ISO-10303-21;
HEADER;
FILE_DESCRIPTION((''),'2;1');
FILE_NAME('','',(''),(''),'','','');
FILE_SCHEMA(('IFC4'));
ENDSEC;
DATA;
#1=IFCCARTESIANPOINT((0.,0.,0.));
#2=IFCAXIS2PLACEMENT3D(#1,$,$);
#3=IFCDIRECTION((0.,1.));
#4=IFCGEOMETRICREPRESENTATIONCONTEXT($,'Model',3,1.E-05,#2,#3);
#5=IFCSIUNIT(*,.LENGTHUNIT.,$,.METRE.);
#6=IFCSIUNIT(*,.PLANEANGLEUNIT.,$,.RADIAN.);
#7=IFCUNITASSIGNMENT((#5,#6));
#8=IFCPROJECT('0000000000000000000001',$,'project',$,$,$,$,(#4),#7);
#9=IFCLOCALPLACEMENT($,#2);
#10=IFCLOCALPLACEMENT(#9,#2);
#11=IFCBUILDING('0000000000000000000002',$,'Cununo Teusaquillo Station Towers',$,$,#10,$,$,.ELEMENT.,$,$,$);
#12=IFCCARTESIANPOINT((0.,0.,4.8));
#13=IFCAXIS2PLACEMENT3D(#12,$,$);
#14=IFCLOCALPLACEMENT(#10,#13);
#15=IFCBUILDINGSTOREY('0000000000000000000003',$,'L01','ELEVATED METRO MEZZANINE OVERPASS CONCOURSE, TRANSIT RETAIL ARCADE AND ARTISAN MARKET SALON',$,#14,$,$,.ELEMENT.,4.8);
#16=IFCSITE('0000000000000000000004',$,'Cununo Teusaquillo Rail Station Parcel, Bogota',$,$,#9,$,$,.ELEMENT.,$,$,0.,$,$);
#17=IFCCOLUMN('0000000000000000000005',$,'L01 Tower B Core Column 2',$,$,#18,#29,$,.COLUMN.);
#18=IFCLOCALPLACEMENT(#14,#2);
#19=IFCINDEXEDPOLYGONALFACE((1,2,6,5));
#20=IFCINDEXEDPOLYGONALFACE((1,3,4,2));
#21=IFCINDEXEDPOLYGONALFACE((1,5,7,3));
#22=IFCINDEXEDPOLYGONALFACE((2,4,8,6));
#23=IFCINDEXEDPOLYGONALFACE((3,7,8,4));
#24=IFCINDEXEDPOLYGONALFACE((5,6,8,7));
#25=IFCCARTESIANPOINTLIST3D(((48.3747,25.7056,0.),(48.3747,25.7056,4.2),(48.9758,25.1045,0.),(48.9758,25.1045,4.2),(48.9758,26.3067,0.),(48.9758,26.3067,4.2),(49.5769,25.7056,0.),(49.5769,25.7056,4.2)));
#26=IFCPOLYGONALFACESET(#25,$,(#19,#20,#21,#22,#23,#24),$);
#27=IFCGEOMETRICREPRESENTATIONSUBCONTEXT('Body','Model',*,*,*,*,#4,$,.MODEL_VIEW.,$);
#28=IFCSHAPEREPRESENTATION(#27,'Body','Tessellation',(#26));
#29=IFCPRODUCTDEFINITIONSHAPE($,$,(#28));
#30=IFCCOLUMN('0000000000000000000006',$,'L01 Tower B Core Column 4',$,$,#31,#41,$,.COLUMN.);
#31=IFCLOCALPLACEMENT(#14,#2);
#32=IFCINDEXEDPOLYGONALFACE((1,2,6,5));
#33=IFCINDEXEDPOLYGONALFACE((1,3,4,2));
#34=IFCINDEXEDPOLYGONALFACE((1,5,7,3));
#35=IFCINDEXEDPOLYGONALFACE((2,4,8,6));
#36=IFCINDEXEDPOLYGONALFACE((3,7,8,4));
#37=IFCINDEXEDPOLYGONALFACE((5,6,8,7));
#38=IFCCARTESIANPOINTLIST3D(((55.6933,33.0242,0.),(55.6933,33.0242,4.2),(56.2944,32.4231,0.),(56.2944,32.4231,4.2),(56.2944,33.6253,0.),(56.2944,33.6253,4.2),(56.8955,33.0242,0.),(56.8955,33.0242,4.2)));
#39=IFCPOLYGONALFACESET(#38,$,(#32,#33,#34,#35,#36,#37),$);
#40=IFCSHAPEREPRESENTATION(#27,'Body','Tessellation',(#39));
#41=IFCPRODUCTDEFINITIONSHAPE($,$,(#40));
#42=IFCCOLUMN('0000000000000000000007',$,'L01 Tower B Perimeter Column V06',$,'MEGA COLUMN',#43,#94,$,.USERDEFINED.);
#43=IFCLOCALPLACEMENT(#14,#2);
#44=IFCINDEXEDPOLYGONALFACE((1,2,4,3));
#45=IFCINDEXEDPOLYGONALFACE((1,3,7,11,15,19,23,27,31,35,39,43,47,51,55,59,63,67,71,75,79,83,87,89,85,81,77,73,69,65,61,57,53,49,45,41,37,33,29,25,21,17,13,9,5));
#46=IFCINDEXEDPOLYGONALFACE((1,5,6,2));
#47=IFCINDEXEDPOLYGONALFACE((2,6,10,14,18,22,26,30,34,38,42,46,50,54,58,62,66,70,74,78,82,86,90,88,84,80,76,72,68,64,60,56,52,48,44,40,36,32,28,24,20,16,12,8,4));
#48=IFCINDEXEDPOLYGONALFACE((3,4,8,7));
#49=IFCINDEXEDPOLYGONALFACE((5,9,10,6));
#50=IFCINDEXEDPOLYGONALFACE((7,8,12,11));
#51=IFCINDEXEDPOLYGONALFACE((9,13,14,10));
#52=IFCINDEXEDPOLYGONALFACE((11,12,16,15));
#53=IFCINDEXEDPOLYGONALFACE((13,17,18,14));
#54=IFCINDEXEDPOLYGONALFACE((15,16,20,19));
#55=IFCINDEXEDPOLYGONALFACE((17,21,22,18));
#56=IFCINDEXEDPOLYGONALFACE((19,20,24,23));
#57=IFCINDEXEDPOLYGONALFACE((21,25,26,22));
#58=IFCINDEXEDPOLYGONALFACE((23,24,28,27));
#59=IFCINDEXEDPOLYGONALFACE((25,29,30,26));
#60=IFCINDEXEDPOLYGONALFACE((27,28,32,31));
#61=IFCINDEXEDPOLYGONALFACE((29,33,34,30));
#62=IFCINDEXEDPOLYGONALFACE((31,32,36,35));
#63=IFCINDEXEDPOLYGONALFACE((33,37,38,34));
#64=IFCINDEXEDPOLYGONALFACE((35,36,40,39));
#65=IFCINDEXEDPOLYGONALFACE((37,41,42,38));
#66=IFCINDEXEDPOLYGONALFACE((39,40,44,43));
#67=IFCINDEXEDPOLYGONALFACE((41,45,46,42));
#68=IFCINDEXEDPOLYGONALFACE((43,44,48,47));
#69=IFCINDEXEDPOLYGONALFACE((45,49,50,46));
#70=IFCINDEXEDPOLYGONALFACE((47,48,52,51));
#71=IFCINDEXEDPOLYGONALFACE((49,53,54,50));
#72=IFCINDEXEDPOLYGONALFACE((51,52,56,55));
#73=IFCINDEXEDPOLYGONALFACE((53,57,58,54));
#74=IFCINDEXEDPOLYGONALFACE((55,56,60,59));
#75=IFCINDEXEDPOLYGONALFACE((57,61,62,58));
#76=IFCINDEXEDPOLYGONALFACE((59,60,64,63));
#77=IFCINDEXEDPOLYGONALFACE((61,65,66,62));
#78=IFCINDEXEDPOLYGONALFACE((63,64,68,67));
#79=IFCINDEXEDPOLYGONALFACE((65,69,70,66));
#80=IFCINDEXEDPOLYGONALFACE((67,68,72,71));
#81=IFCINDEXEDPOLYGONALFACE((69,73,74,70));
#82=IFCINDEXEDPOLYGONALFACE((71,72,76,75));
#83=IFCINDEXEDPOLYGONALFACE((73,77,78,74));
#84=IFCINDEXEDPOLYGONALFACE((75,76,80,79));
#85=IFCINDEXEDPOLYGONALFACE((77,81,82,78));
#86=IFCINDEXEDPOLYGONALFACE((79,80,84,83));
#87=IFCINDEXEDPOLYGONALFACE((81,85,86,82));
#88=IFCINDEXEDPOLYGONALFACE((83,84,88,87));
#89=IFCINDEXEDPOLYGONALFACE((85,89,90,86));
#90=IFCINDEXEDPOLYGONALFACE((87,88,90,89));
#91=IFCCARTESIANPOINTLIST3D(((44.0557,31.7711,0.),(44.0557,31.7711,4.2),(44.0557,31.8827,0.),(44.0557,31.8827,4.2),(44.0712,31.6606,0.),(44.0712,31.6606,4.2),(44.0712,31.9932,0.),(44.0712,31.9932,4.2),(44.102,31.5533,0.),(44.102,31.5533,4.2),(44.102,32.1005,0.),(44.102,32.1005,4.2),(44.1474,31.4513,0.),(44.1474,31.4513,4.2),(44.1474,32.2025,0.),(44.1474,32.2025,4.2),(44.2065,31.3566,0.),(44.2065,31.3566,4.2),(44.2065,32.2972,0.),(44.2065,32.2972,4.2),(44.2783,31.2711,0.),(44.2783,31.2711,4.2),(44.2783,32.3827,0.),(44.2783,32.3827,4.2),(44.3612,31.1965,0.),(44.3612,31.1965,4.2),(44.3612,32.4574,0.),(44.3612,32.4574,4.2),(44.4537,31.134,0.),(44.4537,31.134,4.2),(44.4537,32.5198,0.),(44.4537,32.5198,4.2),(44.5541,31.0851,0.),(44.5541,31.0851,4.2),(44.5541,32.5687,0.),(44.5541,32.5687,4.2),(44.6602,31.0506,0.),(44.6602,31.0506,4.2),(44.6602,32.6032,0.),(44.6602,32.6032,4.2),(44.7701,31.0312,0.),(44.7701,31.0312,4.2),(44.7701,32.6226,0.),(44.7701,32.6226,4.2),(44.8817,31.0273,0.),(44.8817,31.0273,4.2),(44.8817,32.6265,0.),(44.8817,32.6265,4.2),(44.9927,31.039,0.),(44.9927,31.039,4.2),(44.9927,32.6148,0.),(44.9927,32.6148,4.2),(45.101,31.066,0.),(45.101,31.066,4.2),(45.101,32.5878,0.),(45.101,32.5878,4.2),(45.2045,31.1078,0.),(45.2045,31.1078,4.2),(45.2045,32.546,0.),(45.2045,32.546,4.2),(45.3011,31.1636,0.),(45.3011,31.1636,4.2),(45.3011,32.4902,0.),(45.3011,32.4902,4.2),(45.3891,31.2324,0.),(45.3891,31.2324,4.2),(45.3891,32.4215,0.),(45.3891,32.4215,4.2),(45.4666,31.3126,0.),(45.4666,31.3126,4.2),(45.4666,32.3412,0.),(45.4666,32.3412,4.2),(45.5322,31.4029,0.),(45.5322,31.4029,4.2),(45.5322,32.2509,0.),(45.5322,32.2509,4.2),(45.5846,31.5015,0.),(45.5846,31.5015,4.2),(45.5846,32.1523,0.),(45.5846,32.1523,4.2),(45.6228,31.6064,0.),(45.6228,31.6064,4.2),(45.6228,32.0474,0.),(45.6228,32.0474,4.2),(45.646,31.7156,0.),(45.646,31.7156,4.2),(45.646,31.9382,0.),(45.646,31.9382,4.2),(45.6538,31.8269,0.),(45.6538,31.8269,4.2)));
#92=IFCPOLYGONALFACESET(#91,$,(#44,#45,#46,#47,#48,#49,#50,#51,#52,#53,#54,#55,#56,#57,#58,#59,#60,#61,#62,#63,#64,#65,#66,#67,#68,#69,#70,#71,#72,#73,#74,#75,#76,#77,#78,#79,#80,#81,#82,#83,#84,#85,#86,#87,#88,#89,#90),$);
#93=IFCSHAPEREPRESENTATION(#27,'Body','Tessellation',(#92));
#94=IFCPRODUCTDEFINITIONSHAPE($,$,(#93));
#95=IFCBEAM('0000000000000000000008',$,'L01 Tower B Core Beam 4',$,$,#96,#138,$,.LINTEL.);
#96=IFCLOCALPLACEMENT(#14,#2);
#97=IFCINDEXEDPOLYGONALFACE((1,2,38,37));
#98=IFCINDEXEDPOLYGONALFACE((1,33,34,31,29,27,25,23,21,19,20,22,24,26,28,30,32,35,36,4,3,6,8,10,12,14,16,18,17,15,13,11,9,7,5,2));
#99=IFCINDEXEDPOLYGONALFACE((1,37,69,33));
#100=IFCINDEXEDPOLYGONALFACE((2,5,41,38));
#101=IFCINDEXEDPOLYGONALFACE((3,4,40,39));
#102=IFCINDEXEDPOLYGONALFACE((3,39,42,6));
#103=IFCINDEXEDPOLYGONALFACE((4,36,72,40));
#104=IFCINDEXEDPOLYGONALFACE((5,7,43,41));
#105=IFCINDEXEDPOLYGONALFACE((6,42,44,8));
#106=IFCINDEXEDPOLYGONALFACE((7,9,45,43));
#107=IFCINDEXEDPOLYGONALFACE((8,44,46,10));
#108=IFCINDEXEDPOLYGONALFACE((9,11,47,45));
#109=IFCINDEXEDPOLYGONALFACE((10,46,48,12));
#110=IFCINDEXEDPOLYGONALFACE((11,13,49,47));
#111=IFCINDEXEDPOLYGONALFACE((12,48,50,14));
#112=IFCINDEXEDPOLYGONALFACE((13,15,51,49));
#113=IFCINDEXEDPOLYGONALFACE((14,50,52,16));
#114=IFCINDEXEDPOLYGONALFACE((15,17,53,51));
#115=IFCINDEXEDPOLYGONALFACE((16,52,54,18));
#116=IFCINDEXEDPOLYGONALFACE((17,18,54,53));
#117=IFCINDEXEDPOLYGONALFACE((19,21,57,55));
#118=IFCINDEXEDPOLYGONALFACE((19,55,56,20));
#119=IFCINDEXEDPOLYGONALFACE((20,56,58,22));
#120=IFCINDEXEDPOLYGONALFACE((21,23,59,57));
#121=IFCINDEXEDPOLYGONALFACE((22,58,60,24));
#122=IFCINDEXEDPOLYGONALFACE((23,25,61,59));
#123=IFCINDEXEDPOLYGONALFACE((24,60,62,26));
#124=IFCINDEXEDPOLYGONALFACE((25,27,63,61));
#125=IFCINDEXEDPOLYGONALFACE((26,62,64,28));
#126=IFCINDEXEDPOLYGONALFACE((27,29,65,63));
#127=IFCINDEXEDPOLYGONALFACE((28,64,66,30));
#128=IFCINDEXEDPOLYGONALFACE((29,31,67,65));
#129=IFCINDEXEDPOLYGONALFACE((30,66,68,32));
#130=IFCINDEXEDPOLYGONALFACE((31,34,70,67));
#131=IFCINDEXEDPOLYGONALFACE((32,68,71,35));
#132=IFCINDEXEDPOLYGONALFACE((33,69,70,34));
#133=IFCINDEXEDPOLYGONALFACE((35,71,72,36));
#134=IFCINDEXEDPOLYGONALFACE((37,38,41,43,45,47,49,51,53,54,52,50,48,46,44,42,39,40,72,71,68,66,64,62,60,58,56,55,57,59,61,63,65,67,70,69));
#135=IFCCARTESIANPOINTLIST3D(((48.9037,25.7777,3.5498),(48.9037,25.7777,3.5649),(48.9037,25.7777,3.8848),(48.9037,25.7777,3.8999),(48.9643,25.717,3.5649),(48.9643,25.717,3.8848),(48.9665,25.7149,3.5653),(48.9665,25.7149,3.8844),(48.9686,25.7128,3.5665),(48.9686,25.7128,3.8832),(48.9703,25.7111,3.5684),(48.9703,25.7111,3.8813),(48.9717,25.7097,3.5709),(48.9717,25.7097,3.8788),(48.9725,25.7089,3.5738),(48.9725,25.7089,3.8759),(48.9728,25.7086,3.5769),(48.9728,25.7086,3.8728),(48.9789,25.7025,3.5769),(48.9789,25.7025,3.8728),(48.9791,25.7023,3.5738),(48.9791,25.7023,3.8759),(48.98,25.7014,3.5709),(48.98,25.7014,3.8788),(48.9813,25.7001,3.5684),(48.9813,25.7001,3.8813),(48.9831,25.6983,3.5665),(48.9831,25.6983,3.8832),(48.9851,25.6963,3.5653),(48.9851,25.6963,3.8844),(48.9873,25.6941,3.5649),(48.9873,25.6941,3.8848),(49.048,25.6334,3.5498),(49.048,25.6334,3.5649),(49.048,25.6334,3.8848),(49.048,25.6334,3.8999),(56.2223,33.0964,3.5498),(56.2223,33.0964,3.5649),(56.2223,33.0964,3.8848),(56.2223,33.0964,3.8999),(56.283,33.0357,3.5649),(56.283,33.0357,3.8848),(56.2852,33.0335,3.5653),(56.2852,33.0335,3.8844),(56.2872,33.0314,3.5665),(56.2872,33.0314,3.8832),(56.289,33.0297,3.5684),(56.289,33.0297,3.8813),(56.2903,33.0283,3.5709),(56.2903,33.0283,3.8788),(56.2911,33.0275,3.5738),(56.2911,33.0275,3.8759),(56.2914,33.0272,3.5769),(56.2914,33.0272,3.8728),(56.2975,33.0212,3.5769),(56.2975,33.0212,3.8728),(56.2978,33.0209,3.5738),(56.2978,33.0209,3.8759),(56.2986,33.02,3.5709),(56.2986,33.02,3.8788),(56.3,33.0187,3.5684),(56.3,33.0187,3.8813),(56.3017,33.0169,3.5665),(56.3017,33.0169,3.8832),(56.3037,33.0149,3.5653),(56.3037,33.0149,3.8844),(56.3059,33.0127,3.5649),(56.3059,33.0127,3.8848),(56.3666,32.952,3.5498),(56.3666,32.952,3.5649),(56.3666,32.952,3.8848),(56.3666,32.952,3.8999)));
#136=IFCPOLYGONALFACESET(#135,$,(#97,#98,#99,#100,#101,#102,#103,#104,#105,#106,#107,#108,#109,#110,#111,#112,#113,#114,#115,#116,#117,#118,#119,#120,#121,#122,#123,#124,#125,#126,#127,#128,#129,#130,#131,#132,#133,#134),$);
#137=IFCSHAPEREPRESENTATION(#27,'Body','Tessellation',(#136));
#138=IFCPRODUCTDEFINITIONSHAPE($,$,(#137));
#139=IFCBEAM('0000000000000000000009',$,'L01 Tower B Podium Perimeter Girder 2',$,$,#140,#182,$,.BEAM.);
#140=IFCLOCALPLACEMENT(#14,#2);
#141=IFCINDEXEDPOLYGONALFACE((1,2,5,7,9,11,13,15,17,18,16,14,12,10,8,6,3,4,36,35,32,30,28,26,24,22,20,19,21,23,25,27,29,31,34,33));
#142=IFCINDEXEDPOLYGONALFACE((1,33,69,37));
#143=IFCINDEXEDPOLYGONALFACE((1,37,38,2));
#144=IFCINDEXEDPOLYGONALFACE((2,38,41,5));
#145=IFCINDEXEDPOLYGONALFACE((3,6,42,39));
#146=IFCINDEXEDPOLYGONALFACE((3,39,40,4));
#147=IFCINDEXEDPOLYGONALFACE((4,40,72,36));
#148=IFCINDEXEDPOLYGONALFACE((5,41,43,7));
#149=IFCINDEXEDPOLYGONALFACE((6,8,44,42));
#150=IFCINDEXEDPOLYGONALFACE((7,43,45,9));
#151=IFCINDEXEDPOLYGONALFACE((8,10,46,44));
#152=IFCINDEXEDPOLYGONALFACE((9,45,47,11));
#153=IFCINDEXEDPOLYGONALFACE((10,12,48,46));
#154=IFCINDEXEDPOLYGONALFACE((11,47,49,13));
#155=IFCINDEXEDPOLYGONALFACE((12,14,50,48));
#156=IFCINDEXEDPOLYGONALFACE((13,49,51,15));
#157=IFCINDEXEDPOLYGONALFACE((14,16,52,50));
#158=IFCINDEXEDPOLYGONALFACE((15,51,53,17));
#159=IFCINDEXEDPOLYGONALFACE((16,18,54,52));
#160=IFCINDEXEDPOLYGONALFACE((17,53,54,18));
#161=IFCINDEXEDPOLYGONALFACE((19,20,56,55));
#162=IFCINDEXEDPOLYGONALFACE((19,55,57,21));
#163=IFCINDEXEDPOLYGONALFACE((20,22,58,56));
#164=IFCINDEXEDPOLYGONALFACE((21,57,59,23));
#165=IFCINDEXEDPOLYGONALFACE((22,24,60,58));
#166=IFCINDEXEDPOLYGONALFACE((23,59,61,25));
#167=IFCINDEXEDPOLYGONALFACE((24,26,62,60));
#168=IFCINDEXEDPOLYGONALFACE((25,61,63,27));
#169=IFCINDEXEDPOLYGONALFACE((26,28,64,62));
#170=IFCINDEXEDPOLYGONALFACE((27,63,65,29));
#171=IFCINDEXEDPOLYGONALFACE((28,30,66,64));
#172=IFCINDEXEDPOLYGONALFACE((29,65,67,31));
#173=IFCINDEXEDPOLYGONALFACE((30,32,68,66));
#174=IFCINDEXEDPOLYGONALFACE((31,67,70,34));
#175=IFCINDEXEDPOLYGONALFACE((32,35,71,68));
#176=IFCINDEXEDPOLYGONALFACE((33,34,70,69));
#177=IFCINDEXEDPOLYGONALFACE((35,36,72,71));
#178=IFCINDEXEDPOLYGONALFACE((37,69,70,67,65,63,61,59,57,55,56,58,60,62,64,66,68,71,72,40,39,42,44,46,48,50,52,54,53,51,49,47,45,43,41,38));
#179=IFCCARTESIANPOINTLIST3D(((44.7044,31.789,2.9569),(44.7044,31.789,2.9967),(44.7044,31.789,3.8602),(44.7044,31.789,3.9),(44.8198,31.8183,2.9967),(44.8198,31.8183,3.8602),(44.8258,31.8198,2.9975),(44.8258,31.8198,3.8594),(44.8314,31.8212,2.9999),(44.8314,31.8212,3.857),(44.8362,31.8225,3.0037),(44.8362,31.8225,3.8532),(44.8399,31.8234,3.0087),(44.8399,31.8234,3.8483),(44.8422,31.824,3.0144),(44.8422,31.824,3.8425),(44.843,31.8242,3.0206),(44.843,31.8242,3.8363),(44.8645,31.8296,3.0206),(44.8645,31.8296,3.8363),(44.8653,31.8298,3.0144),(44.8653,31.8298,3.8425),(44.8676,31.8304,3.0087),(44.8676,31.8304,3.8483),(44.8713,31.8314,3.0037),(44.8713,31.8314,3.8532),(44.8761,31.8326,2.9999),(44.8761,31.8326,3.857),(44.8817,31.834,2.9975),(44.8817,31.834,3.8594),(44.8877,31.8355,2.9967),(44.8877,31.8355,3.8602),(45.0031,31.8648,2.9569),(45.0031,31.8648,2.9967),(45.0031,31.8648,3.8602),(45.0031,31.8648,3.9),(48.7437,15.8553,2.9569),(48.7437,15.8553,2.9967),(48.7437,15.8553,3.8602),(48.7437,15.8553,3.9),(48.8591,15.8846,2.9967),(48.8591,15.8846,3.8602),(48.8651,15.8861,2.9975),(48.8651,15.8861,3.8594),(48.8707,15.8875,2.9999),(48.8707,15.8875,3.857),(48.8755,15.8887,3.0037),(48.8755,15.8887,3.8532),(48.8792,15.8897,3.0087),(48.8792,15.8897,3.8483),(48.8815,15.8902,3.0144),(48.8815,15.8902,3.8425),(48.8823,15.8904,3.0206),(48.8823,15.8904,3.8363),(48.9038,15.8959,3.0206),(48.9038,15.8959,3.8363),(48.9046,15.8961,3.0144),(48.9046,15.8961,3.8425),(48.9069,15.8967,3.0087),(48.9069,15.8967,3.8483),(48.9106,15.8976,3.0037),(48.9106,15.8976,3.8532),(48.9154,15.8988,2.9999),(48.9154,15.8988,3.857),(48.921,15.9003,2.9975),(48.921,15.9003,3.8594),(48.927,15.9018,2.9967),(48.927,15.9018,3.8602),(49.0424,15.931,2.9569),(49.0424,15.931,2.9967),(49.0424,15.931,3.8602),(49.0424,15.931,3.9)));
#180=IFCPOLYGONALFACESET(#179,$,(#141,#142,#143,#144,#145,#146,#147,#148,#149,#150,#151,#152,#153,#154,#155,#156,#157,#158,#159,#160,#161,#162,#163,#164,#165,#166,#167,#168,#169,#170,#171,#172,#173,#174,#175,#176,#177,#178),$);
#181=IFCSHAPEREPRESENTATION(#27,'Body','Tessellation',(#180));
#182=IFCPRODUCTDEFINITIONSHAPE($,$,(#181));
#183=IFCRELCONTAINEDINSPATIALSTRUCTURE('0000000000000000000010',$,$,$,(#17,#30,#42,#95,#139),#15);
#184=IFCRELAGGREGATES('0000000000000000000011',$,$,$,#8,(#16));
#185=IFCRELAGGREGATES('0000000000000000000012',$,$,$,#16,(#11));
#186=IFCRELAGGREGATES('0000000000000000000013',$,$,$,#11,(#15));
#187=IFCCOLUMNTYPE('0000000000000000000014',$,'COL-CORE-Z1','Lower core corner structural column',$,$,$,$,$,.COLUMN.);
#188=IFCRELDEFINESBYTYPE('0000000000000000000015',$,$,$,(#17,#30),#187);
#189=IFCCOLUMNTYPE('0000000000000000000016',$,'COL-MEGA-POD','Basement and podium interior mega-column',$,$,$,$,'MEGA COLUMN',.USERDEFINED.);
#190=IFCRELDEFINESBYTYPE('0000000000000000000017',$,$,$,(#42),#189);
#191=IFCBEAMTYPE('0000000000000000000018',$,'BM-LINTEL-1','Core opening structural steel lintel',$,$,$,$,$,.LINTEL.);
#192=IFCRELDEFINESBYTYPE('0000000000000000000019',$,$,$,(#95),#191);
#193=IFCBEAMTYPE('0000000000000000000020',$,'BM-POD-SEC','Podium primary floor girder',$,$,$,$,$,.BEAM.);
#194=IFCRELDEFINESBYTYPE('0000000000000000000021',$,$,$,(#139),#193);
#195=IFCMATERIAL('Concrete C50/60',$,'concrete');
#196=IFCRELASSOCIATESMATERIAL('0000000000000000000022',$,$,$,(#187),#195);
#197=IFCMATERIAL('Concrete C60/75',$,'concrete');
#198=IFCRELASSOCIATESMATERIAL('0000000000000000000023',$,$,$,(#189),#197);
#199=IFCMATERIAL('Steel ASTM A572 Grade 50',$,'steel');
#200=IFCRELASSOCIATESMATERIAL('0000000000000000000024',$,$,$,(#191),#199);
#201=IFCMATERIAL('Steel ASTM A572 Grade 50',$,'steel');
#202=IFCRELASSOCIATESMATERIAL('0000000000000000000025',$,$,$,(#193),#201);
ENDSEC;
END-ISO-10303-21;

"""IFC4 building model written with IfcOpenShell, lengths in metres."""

from ifc_helpers import new_model, si_unit, direction, frame, origin, origin_2d, place, context, subcontext, project, spatial, rectangle, circle, i_section, extrude, material, material_profile, profile_set, type_object, element, save


model = new_model("IFC4")

# Units and contexts
model_context = context("Model", 3, precision=1e-05, world=origin(), true_north=direction((0.0, 1.0)))
body_context = subcontext(model_context, "Body", "Model", "MODEL_VIEW")
ifc_project = project(units=[si_unit("LENGTHUNIT", "METRE"), si_unit("PLANEANGLEUNIT", "RADIAN")], contexts=[model_context])

# Site, building, storey
site_placement = place(None, origin())
site = spatial("IfcSite", under=ifc_project, at=site_placement, Name="Cununo Teusaquillo Rail Station Parcel, Bogota", CompositionType="ELEMENT", RefElevation=0.0)
building_placement = place(site_placement, origin())
building = spatial("IfcBuilding", under=site, at=building_placement, Name="Cununo Teusaquillo Station Towers", CompositionType="ELEMENT")
storey_placement = place(building_placement, frame((0.0, 0.0, 4.8)))
storey = spatial("IfcBuildingStorey", under=building, at=storey_placement, Name="L01", Description="ELEVATED METRO MEZZANINE OVERPASS CONCOURSE, TRANSIT RETAIL ARCADE AND ARTISAN MARKET SALON", CompositionType="ELEMENT", Elevation=4.8)

# Columns
ifc_material_1 = material(Name="Concrete C50/60", Category="concrete")
ifc_material_profile_1 = material_profile(ifc_material_1, rectangle(XDim=0.8501, YDim=0.8501, at=origin_2d()), Name="RC-RECT-850x850")
ifc_profile_set_1 = profile_set([ifc_material_profile_1], Name="Concrete C50/60")
column_type_1 = type_object("IfcColumnType", Name="COL-CORE-Z1", Description="Lower core corner structural column", PredefinedType="COLUMN", material=ifc_profile_set_1)
for number, where, z_axis, x_axis, name in (
    (1, (48.9758, 25.7056, 0.0), (0.0, 0.0, 1.0), (0.707107, 0.707107, 0.0), "L01 Tower B Core Column 2"),
    (2, (56.2944, 33.0242, 0.0), (0.0, 0.0, 1.0), (0.707107, 0.707107, 0.0), "L01 Tower B Core Column 4"),
):
    element("IfcColumn", number, at=place(storey_placement, frame(where, z_axis=z_axis, x_axis=x_axis)), inside=storey, type_object=column_type_1, Name=name, PredefinedType="COLUMN", context=body_context, shape_type="SweptSolid", body=[
        extrude(rectangle(XDim=0.8501, YDim=0.8501, at=origin_2d()), origin(), (0.0, 0.0, 1.0), 4.2),
    ])
ifc_material_2 = material(Name="Concrete C60/75", Category="concrete")
ifc_material_profile_2 = material_profile(ifc_material_2, circle(Radius=0.8, at=origin_2d()), Name="RC-CIRC-1600")
ifc_profile_set_2 = profile_set([ifc_material_profile_2], Name="Concrete C60/75")
column_type_2 = type_object("IfcColumnType", Name="COL-MEGA-POD", Description="Basement and podium interior mega-column", ElementType="MEGA COLUMN", PredefinedType="USERDEFINED", material=ifc_profile_set_2)
column_placement = place(storey_placement, frame((44.8538, 31.8269, 0.0), z_axis=(0.0, 0.0, 1.0), x_axis=(1.0, 0.0, 0.0)))
element("IfcColumn", 3, at=column_placement, inside=storey, type_object=column_type_2, Name="L01 Tower B Perimeter Column V06", ObjectType="MEGA COLUMN", PredefinedType="USERDEFINED", context=body_context, shape_type="SweptSolid", body=[
    extrude(circle(Radius=0.8, at=origin_2d()), origin(), (0.0, 0.0, 1.0), 4.2),
])

# Beams
ifc_material_3 = material(Name="Steel ASTM A572 Grade 50", Category="steel")
ifc_material_profile_3 = material_profile(ifc_material_3, i_section(OverallWidth=0.2041, OverallDepth=0.3501, WebThickness=0.0085, FlangeThickness=0.0151, FilletRadius=0.012, at=origin_2d()), Name="W14X48")
ifc_profile_set_3 = profile_set([ifc_material_profile_3], Name="Steel ASTM A572 Grade 50")
beam_type_1 = type_object("IfcBeamType", Name="BM-LINTEL-1", Description="Core opening structural steel lintel", PredefinedType="LINTEL", material=ifc_profile_set_3)
beam_1_placement = place(storey_placement, frame((48.9758, 25.7056, 3.7249), z_axis=(0.707107, 0.707107, 0.0), x_axis=(-0.707107, 0.707107, 0.0)))
element("IfcBeam", 4, at=beam_1_placement, inside=storey, type_object=beam_type_1, Name="L01 Tower B Core Beam 4", PredefinedType="LINTEL", context=body_context, shape_type="SweptSolid", body=[
    extrude(i_section(OverallWidth=0.2041, OverallDepth=0.3501, WebThickness=0.0085, FlangeThickness=0.0151, FilletRadius=0.012, at=origin_2d()), origin(), (0.0, 0.0, 1.0), 10.3501),
])
ifc_material_4 = material(Name="Steel ASTM A572 Grade 50", Category="steel")
ifc_material_profile_4 = material_profile(ifc_material_4, i_section(OverallWidth=0.3081, OverallDepth=0.9431, WebThickness=0.0222, FlangeThickness=0.0398, FilletRadius=0.0239, at=origin_2d()), Name="W36X232")
ifc_profile_set_4 = profile_set([ifc_material_profile_4], Name="Steel ASTM A572 Grade 50")
beam_type_2 = type_object("IfcBeamType", Name="BM-POD-SEC", Description="Podium primary floor girder", PredefinedType="BEAM", material=ifc_profile_set_4)
beam_2_placement = place(storey_placement, frame((44.8538, 31.8269, 3.4285), z_axis=(0.245732, -0.969338, 0.0), x_axis=(0.969338, 0.245732, 0.0)))
element("IfcBeam", 5, at=beam_2_placement, inside=storey, type_object=beam_type_2, Name="L01 Tower B Podium Perimeter Girder 2", PredefinedType="BEAM", context=body_context, shape_type="SweptSolid", body=[
    extrude(i_section(OverallWidth=0.3081, OverallDepth=0.9431, WebThickness=0.0222, FlangeThickness=0.0398, FilletRadius=0.0239, at=origin_2d()), origin(), (0.0, 0.0, 1.0), 16.4377),
])

save(model, "model.ifc")
